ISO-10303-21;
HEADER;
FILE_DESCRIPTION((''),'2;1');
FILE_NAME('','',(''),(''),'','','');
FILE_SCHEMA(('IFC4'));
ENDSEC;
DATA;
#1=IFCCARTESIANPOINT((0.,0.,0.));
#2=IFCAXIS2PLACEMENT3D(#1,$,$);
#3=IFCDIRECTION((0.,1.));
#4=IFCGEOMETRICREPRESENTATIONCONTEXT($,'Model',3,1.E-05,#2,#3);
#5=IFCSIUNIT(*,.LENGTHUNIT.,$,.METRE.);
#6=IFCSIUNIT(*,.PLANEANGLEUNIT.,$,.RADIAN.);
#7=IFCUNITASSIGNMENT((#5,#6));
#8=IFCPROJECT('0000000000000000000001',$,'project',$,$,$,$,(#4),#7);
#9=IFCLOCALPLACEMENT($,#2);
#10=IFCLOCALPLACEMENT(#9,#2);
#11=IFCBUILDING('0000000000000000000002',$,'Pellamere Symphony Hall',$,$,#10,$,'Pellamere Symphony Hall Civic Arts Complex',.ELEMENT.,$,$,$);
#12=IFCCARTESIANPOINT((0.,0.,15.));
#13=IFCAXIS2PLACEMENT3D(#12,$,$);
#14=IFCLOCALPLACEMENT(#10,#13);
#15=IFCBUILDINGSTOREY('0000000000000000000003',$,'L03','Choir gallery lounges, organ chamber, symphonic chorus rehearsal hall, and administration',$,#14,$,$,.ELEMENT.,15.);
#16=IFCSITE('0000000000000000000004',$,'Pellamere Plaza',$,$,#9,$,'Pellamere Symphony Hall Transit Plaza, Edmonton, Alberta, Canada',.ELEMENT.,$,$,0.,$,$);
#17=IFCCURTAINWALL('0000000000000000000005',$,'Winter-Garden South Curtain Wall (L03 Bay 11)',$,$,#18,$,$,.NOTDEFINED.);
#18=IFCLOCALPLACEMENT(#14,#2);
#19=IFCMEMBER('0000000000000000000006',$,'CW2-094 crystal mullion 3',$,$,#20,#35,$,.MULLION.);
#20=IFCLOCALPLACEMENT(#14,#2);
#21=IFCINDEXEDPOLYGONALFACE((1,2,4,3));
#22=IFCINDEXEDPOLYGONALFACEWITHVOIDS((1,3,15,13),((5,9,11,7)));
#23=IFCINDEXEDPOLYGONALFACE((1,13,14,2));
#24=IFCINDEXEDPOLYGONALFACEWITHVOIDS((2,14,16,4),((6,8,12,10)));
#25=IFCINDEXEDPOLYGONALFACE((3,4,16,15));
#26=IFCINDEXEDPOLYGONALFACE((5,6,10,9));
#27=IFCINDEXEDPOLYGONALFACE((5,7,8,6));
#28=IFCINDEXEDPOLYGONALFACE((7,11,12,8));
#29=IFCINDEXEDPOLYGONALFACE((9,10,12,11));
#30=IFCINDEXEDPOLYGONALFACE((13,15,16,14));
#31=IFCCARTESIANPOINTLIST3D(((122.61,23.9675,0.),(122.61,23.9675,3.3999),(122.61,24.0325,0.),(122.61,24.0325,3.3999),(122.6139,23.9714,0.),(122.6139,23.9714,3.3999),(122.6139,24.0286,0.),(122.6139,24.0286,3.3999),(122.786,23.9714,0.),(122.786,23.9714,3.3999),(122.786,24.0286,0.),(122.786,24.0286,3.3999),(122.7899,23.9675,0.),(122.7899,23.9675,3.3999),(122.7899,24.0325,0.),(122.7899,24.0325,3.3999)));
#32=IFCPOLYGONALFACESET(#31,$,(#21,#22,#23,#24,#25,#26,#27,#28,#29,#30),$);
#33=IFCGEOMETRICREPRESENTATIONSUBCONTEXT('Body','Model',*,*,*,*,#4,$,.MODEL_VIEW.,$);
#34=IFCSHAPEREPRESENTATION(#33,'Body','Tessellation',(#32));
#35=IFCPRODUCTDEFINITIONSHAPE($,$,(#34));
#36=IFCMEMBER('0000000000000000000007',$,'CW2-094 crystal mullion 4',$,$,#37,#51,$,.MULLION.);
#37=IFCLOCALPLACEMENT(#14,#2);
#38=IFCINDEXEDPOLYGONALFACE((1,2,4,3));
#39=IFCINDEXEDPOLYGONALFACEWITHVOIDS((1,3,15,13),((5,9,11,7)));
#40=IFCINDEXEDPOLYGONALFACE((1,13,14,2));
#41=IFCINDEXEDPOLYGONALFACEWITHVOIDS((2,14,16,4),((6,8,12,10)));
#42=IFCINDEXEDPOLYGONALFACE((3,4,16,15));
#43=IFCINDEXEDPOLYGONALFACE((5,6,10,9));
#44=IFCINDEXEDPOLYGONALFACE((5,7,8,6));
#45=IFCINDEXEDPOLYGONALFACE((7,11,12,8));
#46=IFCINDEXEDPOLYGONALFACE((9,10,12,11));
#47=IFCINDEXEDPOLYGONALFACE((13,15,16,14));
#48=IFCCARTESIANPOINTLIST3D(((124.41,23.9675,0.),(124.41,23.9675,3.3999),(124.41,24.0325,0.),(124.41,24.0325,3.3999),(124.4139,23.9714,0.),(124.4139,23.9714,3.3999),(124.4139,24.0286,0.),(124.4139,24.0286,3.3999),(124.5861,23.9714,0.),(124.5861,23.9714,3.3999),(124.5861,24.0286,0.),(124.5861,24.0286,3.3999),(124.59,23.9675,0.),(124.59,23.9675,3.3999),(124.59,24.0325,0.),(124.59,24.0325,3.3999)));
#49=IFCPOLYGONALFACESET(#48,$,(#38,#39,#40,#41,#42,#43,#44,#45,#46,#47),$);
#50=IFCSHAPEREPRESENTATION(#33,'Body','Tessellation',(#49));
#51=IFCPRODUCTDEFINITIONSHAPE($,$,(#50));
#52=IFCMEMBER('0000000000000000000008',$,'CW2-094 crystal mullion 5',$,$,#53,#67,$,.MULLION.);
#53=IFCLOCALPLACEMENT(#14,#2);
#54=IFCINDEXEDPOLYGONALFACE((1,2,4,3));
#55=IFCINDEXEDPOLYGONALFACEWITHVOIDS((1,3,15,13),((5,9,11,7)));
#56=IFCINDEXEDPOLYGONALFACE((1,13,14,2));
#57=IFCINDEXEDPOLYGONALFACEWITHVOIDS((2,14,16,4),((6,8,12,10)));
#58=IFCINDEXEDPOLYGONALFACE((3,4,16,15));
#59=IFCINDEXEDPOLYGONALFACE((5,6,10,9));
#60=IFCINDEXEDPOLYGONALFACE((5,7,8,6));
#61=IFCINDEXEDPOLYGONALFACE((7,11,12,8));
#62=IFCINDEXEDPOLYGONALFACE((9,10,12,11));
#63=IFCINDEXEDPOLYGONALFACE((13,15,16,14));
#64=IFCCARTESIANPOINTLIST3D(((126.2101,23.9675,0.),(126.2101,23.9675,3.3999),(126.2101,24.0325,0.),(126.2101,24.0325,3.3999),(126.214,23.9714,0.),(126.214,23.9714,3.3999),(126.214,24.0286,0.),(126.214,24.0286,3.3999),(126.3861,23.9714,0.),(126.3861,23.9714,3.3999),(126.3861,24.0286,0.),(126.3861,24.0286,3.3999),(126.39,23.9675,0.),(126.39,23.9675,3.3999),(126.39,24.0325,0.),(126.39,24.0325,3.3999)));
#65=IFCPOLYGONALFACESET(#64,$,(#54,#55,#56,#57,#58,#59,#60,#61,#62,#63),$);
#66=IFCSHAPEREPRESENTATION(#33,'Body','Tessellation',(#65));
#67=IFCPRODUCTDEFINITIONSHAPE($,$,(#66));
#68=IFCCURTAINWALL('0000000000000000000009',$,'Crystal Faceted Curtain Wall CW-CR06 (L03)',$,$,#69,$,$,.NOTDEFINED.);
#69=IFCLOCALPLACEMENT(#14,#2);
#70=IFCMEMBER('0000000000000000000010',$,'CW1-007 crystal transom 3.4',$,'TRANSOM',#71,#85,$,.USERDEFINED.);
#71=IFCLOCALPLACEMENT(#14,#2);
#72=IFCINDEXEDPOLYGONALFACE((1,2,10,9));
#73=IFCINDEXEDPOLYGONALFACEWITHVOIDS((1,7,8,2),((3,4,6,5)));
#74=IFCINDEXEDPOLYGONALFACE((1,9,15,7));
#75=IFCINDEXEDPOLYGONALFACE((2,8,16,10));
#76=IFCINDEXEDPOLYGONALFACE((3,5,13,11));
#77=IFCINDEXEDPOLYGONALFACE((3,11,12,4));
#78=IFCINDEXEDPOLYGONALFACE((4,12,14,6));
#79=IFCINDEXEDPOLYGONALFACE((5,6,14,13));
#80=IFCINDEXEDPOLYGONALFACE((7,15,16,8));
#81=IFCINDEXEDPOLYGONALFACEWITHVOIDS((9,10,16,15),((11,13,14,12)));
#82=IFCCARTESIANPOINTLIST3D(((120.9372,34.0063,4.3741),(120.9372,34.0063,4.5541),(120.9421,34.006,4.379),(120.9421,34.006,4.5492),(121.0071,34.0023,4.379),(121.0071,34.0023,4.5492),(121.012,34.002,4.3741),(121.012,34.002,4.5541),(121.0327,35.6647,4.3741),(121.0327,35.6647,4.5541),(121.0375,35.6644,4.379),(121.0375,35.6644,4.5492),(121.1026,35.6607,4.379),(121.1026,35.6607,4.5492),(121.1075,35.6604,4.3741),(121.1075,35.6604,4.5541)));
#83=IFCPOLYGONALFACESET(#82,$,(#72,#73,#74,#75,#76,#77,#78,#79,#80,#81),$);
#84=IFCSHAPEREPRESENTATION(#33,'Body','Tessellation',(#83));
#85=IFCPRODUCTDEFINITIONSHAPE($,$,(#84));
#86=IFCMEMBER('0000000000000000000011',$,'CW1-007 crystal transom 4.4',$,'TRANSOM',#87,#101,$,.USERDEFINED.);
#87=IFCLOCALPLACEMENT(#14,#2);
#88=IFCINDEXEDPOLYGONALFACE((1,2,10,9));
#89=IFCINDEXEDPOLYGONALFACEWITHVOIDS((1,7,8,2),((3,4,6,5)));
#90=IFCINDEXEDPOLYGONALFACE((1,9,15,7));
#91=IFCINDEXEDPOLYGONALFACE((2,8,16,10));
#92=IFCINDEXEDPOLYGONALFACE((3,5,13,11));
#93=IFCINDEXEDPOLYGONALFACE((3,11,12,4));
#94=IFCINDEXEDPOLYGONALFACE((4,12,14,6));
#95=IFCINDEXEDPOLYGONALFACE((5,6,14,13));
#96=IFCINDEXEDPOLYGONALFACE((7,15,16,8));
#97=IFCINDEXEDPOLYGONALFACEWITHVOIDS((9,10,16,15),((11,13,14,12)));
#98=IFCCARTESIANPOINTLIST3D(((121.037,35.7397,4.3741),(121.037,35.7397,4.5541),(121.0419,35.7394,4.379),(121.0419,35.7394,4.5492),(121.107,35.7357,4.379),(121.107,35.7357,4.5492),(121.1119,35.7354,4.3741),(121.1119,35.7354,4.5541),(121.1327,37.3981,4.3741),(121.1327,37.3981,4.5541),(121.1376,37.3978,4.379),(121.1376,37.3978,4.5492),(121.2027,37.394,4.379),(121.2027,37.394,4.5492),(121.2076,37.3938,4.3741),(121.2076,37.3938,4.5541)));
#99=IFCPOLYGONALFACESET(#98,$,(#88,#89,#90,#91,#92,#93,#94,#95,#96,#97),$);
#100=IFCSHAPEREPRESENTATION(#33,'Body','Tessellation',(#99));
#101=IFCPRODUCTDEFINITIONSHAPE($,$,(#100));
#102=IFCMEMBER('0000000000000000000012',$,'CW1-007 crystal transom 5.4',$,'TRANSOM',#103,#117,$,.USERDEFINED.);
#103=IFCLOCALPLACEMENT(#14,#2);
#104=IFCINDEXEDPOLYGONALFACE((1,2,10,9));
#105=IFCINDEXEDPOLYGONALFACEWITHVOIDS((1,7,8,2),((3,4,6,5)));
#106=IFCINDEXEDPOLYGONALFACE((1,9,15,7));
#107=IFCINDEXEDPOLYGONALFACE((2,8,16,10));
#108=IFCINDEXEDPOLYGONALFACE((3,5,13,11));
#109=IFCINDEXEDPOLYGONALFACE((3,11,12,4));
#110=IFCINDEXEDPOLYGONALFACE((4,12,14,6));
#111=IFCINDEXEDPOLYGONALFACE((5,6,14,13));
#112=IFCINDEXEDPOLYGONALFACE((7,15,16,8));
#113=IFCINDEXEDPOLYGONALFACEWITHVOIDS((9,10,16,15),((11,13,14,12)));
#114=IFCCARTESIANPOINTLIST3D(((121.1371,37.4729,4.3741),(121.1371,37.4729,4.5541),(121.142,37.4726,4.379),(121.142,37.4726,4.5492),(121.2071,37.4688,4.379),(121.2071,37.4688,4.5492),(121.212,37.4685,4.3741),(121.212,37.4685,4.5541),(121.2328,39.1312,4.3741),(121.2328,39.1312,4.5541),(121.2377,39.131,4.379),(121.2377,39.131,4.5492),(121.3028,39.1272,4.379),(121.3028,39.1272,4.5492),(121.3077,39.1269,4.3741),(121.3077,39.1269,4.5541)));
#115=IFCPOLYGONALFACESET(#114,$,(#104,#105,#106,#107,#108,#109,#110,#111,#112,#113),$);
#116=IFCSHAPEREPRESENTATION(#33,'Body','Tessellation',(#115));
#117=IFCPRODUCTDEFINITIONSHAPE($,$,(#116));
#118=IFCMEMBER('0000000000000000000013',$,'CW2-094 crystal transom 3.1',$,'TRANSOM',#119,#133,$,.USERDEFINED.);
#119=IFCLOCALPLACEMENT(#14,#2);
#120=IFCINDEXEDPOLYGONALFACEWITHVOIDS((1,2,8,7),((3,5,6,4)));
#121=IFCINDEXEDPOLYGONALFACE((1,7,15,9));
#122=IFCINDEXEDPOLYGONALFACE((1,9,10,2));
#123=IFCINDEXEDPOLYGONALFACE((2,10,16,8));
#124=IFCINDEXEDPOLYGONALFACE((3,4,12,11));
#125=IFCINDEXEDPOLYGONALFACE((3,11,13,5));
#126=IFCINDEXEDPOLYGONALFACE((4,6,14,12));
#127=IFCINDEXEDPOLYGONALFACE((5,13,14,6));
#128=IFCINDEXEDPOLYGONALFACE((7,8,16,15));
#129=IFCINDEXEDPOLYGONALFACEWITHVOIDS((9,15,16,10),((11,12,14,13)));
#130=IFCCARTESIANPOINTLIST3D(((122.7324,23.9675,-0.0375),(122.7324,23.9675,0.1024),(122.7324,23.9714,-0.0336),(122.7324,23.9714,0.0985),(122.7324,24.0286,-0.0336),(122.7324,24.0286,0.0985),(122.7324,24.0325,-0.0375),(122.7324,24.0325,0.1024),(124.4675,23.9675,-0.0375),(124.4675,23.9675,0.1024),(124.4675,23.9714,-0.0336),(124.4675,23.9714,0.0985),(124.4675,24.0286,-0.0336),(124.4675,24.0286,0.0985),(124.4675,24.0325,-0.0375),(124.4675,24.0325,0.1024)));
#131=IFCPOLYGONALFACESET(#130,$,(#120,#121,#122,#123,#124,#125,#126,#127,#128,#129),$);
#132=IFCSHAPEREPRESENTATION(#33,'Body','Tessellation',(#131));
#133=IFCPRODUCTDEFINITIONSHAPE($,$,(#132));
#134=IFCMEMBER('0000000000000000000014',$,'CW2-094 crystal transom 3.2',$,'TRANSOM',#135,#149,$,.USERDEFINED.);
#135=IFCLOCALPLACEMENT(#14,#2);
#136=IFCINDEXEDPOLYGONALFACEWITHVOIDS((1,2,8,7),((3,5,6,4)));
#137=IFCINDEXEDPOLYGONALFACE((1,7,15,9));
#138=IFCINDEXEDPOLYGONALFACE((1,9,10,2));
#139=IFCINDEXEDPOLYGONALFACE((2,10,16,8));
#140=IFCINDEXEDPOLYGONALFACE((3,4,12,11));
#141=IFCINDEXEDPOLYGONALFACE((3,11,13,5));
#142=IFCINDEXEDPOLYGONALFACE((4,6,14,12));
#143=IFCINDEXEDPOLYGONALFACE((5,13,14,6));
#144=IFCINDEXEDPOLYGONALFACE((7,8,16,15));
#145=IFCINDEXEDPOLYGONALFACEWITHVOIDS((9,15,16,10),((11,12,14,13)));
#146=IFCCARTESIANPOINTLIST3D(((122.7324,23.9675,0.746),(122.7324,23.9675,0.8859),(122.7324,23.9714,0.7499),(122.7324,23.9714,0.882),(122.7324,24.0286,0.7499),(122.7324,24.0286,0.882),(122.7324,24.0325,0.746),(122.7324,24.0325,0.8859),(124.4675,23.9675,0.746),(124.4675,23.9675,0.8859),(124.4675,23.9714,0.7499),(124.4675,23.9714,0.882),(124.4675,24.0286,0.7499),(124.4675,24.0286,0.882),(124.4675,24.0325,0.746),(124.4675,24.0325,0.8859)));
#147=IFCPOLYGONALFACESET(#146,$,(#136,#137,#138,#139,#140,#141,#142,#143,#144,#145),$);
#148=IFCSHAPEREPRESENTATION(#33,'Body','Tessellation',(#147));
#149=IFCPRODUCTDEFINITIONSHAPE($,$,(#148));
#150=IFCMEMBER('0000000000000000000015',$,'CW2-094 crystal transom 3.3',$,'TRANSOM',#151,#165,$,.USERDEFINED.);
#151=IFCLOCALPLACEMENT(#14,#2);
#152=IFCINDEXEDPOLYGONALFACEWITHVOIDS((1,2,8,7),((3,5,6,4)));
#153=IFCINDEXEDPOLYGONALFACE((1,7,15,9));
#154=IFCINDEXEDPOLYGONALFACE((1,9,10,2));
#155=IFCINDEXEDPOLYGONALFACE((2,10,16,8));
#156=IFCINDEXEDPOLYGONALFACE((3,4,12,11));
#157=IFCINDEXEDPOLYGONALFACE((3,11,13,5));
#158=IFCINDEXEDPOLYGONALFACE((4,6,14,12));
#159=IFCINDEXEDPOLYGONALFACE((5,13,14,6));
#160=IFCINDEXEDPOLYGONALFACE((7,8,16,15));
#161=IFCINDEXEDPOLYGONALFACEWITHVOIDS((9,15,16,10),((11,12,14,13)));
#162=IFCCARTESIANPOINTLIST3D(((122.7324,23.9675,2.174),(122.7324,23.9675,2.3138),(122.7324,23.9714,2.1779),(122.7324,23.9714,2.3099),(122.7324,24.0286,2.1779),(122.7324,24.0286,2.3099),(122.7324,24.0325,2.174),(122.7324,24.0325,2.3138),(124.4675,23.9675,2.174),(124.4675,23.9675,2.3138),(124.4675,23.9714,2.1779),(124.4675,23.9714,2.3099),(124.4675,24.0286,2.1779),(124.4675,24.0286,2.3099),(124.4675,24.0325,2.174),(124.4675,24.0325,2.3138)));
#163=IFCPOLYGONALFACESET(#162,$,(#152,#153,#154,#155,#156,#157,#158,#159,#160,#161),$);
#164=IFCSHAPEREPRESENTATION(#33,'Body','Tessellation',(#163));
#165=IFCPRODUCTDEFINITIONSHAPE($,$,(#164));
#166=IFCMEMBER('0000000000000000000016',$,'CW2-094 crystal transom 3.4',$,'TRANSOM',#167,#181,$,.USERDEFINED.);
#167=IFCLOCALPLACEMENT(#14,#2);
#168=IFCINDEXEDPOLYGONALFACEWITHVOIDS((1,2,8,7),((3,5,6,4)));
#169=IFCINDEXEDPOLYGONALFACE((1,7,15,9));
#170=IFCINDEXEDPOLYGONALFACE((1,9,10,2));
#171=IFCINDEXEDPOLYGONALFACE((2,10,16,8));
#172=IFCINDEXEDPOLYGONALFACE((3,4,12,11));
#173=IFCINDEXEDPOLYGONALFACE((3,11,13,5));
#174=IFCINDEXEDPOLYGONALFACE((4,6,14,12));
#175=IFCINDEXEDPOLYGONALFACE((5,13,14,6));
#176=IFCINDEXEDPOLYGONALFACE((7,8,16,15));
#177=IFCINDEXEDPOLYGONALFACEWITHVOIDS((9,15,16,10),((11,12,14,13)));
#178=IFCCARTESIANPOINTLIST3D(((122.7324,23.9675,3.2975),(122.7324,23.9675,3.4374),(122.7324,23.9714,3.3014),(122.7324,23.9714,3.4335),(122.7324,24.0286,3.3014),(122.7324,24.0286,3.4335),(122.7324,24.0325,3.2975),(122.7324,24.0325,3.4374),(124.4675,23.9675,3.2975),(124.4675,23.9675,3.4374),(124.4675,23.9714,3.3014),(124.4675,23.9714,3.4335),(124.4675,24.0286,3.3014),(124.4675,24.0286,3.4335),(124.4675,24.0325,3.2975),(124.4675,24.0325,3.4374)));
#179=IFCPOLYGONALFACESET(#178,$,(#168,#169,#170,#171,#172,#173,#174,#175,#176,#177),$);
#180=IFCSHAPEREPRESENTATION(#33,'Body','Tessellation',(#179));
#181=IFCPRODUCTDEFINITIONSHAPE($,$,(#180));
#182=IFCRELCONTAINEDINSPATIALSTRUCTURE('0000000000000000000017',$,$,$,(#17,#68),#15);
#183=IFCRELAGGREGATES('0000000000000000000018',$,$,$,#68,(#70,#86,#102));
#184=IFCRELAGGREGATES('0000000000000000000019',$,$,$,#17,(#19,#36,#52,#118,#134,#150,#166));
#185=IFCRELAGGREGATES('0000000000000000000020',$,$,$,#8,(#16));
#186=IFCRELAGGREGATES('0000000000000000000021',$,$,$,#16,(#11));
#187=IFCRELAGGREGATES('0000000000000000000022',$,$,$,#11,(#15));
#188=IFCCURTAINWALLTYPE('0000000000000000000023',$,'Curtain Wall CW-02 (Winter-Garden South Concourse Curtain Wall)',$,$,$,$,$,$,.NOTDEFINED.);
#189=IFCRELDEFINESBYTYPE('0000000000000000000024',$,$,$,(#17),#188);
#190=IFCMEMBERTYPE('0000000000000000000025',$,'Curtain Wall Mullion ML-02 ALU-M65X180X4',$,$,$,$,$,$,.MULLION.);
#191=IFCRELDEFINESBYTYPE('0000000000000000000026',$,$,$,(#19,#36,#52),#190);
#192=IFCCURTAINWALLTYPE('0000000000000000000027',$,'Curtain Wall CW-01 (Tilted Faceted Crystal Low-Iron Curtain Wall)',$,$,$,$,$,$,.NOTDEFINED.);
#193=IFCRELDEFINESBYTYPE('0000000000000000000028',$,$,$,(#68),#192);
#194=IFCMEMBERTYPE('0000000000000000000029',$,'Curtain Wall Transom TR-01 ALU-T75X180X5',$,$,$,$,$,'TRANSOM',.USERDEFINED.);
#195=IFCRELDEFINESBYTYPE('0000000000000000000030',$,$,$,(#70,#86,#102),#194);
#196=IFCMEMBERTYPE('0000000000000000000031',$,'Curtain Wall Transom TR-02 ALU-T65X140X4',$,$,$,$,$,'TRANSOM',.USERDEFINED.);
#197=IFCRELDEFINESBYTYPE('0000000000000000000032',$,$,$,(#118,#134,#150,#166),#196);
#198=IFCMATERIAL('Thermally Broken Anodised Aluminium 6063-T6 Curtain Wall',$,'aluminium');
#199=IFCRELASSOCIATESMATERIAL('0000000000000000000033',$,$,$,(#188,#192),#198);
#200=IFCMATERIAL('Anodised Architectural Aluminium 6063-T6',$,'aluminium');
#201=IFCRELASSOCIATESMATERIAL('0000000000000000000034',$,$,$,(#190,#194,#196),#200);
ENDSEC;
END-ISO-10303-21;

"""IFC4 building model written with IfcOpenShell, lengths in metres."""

from ifc_helpers import new_model, si_unit, direction, frame, origin, origin_2d, place, context, subcontext, project, spatial, hollow_rectangle, extrude, material, material_profile, profile_set, type_object, element, aggregate, save


model = new_model("IFC4")

# Units and contexts
model_context = context("Model", 3, precision=1e-05, world=origin(), true_north=direction((0.0, 1.0)))
body_context = subcontext(model_context, "Body", "Model", "MODEL_VIEW")
ifc_project = project(units=[si_unit("LENGTHUNIT", "METRE"), si_unit("PLANEANGLEUNIT", "RADIAN")], contexts=[model_context])

# Site, building, storey
site_placement = place(None, origin())
site = spatial("IfcSite", under=ifc_project, at=site_placement, Name="Pellamere Plaza", LongName="Pellamere Symphony Hall Transit Plaza, Edmonton, Alberta, Canada", CompositionType="ELEMENT", RefElevation=0.0)
building_placement = place(site_placement, origin())
building = spatial("IfcBuilding", under=site, at=building_placement, Name="Pellamere Symphony Hall", LongName="Pellamere Symphony Hall Civic Arts Complex", CompositionType="ELEMENT")
storey_placement = place(building_placement, frame((0.0, 0.0, 15.0)))
storey = spatial("IfcBuildingStorey", under=building, at=storey_placement, Name="L03", Description="Choir gallery lounges, organ chamber, symphonic chorus rehearsal hall, and administration", CompositionType="ELEMENT", Elevation=15.0)

# Curtain walls, members
ifc_material_1 = material(Name="Thermally Broken Anodised Aluminium 6063-T6 Curtain Wall", Category="aluminium")
curtain_wall_type_1 = type_object("IfcCurtainWallType", Name="Curtain Wall CW-02 (Winter-Garden South Concourse Curtain Wall)", PredefinedType="NOTDEFINED", material=ifc_material_1)
curtain_wall_1_placement = place(storey_placement, origin())
curtain_wall_1 = element("IfcCurtainWall", 1, at=curtain_wall_1_placement, inside=storey, type_object=curtain_wall_type_1, Name="Winter-Garden South Curtain Wall (L03 Bay 11)", PredefinedType="NOTDEFINED")
ifc_material_2 = material(Name="Anodised Architectural Aluminium 6063-T6", Category="aluminium")
ifc_material_profile_1 = material_profile(ifc_material_2, hollow_rectangle(XDim=0.0649, YDim=0.1799, WallThickness=0.0039, at=origin_2d()), Name="ALU-M65X180X4")
ifc_profile_set_1 = profile_set([ifc_material_profile_1], Name="Anodised Architectural Aluminium 6063-T6")
member_type_1 = type_object("IfcMemberType", Name="Curtain Wall Mullion ML-02 ALU-M65X180X4", PredefinedType="MULLION", material=ifc_profile_set_1)
member_1_placement = place(storey_placement, frame((122.7, 24.0, 0.0), z_axis=(0.0, 0.0, 1.0), x_axis=(0.0, 1.0, 0.0)))
member_1 = element("IfcMember", 2, at=member_1_placement, type_object=member_type_1, Name="CW2-094 crystal mullion 3", PredefinedType="MULLION", context=body_context, shape_type="SweptSolid", body=[
    extrude(hollow_rectangle(XDim=0.0649, YDim=0.1799, WallThickness=0.0039, at=origin_2d()), origin(), (0.0, 0.0, 1.0), 3.3999),
])
member_2_placement = place(storey_placement, frame((124.5, 24.0, 0.0), z_axis=(0.0, 0.0, 1.0), x_axis=(0.0, 1.0, 0.0)))
member_2 = element("IfcMember", 3, at=member_2_placement, type_object=member_type_1, Name="CW2-094 crystal mullion 4", PredefinedType="MULLION", context=body_context, shape_type="SweptSolid", body=[
    extrude(hollow_rectangle(XDim=0.0649, YDim=0.1799, WallThickness=0.0039, at=origin_2d()), origin(), (0.0, 0.0, 1.0), 3.3999),
])
member_3_placement = place(storey_placement, frame((126.3, 24.0, 0.0), z_axis=(0.0, 0.0, 1.0), x_axis=(0.0, 1.0, 0.0)))
member_3 = element("IfcMember", 4, at=member_3_placement, type_object=member_type_1, Name="CW2-094 crystal mullion 5", PredefinedType="MULLION", context=body_context, shape_type="SweptSolid", body=[
    extrude(hollow_rectangle(XDim=0.0649, YDim=0.1799, WallThickness=0.0039, at=origin_2d()), origin(), (0.0, 0.0, 1.0), 3.3999),
])
curtain_wall_type_2 = type_object("IfcCurtainWallType", Name="Curtain Wall CW-01 (Tilted Faceted Crystal Low-Iron Curtain Wall)", PredefinedType="NOTDEFINED", material=ifc_material_1)
curtain_wall_2_placement = place(storey_placement, origin())
curtain_wall_2 = element("IfcCurtainWall", 5, at=curtain_wall_2_placement, inside=storey, type_object=curtain_wall_type_2, Name="Crystal Faceted Curtain Wall CW-CR06 (L03)", PredefinedType="NOTDEFINED")
ifc_material_profile_2 = material_profile(ifc_material_2, hollow_rectangle(XDim=0.075, YDim=0.1799, WallThickness=0.0049, at=origin_2d()), Name="ALU-T75X180X5")
ifc_profile_set_2 = profile_set([ifc_material_profile_2], Name="Anodised Architectural Aluminium 6063-T6")
member_type_2 = type_object("IfcMemberType", Name="Curtain Wall Transom TR-01 ALU-T75X180X5", ElementType="TRANSOM", PredefinedType="USERDEFINED", material=ifc_profile_set_2)
member_4_placement = place(storey_placement, frame((120.9746, 34.0042, 4.4641), z_axis=(0.057464, 0.998348, 0.0), x_axis=(-0.998348, 0.057464, 0.0)))
member_4 = element("IfcMember", 6, at=member_4_placement, type_object=member_type_2, Name="CW1-007 crystal transom 3.4", ObjectType="TRANSOM", PredefinedType="USERDEFINED", context=body_context, shape_type="SweptSolid", body=[
    extrude(hollow_rectangle(XDim=0.075, YDim=0.1799, WallThickness=0.0049, at=origin_2d()), origin(), (0.0, 0.0, 1.0), 1.6611),
])
member_5_placement = place(storey_placement, frame((121.0745, 35.7375, 4.4641), z_axis=(0.057611, 0.998339, 0.0), x_axis=(-0.998339, 0.057611, 0.0)))
member_5 = element("IfcMember", 7, at=member_5_placement, type_object=member_type_2, Name="CW1-007 crystal transom 4.4", ObjectType="TRANSOM", PredefinedType="USERDEFINED", context=body_context, shape_type="SweptSolid", body=[
    extrude(hollow_rectangle(XDim=0.075, YDim=0.1799, WallThickness=0.0049, at=origin_2d()), origin(), (0.0, 0.0, 1.0), 1.6611),
])
member_6_placement = place(storey_placement, frame((121.1746, 37.4707, 4.4641), z_axis=(0.057611, 0.998339, 0.0), x_axis=(-0.998339, 0.057611, 0.0)))
member_6 = element("IfcMember", 8, at=member_6_placement, type_object=member_type_2, Name="CW1-007 crystal transom 5.4", ObjectType="TRANSOM", PredefinedType="USERDEFINED", context=body_context, shape_type="SweptSolid", body=[
    extrude(hollow_rectangle(XDim=0.075, YDim=0.1799, WallThickness=0.0049, at=origin_2d()), origin(), (0.0, 0.0, 1.0), 1.6611),
])
aggregate(curtain_wall_2, [member_4, member_5, member_6])

# Members
ifc_material_profile_3 = material_profile(ifc_material_2, hollow_rectangle(XDim=0.0649, YDim=0.1399, WallThickness=0.0039, at=origin_2d()), Name="ALU-T65X140X4")
ifc_profile_set_3 = profile_set([ifc_material_profile_3], Name="Anodised Architectural Aluminium 6063-T6")
member_type_3 = type_object("IfcMemberType", Name="Curtain Wall Transom TR-02 ALU-T65X140X4", ElementType="TRANSOM", PredefinedType="USERDEFINED", material=ifc_profile_set_3)
member_7_placement = place(storey_placement, frame((122.7324, 24.0, 0.0325), z_axis=(1.0, 0.0, 0.0), x_axis=(0.0, 1.0, 0.0)))
member_7 = element("IfcMember", 9, at=member_7_placement, type_object=member_type_3, Name="CW2-094 crystal transom 3.1", ObjectType="TRANSOM", PredefinedType="USERDEFINED", context=body_context, shape_type="SweptSolid", body=[
    extrude(hollow_rectangle(XDim=0.0649, YDim=0.1399, WallThickness=0.0039, at=origin_2d()), origin(), (0.0, 0.0, 1.0), 1.7351),
])
member_8_placement = place(storey_placement, frame((122.7324, 24.0, 0.8159), z_axis=(1.0, 0.0, 0.0), x_axis=(0.0, 1.0, 0.0)))
member_8 = element("IfcMember", 10, at=member_8_placement, type_object=member_type_3, Name="CW2-094 crystal transom 3.2", ObjectType="TRANSOM", PredefinedType="USERDEFINED", context=body_context, shape_type="SweptSolid", body=[
    extrude(hollow_rectangle(XDim=0.0649, YDim=0.1399, WallThickness=0.0039, at=origin_2d()), origin(), (0.0, 0.0, 1.0), 1.7351),
])
member_9_placement = place(storey_placement, frame((122.7324, 24.0, 2.2439), z_axis=(1.0, 0.0, 0.0), x_axis=(0.0, 1.0, 0.0)))
member_9 = element("IfcMember", 11, at=member_9_placement, type_object=member_type_3, Name="CW2-094 crystal transom 3.3", ObjectType="TRANSOM", PredefinedType="USERDEFINED", context=body_context, shape_type="SweptSolid", body=[
    extrude(hollow_rectangle(XDim=0.0649, YDim=0.1399, WallThickness=0.0039, at=origin_2d()), origin(), (0.0, 0.0, 1.0), 1.7351),
])
member_10_placement = place(storey_placement, frame((122.7324, 24.0, 3.3674), z_axis=(1.0, 0.0, 0.0), x_axis=(0.0, 1.0, 0.0)))
member_10 = element("IfcMember", 12, at=member_10_placement, type_object=member_type_3, Name="CW2-094 crystal transom 3.4", ObjectType="TRANSOM", PredefinedType="USERDEFINED", context=body_context, shape_type="SweptSolid", body=[
    extrude(hollow_rectangle(XDim=0.0649, YDim=0.1399, WallThickness=0.0039, at=origin_2d()), origin(), (0.0, 0.0, 1.0), 1.7351),
])

aggregate(curtain_wall_1, [member_1, member_2, member_3, member_7, member_8, member_9, member_10])

save(model, "model.ifc")
